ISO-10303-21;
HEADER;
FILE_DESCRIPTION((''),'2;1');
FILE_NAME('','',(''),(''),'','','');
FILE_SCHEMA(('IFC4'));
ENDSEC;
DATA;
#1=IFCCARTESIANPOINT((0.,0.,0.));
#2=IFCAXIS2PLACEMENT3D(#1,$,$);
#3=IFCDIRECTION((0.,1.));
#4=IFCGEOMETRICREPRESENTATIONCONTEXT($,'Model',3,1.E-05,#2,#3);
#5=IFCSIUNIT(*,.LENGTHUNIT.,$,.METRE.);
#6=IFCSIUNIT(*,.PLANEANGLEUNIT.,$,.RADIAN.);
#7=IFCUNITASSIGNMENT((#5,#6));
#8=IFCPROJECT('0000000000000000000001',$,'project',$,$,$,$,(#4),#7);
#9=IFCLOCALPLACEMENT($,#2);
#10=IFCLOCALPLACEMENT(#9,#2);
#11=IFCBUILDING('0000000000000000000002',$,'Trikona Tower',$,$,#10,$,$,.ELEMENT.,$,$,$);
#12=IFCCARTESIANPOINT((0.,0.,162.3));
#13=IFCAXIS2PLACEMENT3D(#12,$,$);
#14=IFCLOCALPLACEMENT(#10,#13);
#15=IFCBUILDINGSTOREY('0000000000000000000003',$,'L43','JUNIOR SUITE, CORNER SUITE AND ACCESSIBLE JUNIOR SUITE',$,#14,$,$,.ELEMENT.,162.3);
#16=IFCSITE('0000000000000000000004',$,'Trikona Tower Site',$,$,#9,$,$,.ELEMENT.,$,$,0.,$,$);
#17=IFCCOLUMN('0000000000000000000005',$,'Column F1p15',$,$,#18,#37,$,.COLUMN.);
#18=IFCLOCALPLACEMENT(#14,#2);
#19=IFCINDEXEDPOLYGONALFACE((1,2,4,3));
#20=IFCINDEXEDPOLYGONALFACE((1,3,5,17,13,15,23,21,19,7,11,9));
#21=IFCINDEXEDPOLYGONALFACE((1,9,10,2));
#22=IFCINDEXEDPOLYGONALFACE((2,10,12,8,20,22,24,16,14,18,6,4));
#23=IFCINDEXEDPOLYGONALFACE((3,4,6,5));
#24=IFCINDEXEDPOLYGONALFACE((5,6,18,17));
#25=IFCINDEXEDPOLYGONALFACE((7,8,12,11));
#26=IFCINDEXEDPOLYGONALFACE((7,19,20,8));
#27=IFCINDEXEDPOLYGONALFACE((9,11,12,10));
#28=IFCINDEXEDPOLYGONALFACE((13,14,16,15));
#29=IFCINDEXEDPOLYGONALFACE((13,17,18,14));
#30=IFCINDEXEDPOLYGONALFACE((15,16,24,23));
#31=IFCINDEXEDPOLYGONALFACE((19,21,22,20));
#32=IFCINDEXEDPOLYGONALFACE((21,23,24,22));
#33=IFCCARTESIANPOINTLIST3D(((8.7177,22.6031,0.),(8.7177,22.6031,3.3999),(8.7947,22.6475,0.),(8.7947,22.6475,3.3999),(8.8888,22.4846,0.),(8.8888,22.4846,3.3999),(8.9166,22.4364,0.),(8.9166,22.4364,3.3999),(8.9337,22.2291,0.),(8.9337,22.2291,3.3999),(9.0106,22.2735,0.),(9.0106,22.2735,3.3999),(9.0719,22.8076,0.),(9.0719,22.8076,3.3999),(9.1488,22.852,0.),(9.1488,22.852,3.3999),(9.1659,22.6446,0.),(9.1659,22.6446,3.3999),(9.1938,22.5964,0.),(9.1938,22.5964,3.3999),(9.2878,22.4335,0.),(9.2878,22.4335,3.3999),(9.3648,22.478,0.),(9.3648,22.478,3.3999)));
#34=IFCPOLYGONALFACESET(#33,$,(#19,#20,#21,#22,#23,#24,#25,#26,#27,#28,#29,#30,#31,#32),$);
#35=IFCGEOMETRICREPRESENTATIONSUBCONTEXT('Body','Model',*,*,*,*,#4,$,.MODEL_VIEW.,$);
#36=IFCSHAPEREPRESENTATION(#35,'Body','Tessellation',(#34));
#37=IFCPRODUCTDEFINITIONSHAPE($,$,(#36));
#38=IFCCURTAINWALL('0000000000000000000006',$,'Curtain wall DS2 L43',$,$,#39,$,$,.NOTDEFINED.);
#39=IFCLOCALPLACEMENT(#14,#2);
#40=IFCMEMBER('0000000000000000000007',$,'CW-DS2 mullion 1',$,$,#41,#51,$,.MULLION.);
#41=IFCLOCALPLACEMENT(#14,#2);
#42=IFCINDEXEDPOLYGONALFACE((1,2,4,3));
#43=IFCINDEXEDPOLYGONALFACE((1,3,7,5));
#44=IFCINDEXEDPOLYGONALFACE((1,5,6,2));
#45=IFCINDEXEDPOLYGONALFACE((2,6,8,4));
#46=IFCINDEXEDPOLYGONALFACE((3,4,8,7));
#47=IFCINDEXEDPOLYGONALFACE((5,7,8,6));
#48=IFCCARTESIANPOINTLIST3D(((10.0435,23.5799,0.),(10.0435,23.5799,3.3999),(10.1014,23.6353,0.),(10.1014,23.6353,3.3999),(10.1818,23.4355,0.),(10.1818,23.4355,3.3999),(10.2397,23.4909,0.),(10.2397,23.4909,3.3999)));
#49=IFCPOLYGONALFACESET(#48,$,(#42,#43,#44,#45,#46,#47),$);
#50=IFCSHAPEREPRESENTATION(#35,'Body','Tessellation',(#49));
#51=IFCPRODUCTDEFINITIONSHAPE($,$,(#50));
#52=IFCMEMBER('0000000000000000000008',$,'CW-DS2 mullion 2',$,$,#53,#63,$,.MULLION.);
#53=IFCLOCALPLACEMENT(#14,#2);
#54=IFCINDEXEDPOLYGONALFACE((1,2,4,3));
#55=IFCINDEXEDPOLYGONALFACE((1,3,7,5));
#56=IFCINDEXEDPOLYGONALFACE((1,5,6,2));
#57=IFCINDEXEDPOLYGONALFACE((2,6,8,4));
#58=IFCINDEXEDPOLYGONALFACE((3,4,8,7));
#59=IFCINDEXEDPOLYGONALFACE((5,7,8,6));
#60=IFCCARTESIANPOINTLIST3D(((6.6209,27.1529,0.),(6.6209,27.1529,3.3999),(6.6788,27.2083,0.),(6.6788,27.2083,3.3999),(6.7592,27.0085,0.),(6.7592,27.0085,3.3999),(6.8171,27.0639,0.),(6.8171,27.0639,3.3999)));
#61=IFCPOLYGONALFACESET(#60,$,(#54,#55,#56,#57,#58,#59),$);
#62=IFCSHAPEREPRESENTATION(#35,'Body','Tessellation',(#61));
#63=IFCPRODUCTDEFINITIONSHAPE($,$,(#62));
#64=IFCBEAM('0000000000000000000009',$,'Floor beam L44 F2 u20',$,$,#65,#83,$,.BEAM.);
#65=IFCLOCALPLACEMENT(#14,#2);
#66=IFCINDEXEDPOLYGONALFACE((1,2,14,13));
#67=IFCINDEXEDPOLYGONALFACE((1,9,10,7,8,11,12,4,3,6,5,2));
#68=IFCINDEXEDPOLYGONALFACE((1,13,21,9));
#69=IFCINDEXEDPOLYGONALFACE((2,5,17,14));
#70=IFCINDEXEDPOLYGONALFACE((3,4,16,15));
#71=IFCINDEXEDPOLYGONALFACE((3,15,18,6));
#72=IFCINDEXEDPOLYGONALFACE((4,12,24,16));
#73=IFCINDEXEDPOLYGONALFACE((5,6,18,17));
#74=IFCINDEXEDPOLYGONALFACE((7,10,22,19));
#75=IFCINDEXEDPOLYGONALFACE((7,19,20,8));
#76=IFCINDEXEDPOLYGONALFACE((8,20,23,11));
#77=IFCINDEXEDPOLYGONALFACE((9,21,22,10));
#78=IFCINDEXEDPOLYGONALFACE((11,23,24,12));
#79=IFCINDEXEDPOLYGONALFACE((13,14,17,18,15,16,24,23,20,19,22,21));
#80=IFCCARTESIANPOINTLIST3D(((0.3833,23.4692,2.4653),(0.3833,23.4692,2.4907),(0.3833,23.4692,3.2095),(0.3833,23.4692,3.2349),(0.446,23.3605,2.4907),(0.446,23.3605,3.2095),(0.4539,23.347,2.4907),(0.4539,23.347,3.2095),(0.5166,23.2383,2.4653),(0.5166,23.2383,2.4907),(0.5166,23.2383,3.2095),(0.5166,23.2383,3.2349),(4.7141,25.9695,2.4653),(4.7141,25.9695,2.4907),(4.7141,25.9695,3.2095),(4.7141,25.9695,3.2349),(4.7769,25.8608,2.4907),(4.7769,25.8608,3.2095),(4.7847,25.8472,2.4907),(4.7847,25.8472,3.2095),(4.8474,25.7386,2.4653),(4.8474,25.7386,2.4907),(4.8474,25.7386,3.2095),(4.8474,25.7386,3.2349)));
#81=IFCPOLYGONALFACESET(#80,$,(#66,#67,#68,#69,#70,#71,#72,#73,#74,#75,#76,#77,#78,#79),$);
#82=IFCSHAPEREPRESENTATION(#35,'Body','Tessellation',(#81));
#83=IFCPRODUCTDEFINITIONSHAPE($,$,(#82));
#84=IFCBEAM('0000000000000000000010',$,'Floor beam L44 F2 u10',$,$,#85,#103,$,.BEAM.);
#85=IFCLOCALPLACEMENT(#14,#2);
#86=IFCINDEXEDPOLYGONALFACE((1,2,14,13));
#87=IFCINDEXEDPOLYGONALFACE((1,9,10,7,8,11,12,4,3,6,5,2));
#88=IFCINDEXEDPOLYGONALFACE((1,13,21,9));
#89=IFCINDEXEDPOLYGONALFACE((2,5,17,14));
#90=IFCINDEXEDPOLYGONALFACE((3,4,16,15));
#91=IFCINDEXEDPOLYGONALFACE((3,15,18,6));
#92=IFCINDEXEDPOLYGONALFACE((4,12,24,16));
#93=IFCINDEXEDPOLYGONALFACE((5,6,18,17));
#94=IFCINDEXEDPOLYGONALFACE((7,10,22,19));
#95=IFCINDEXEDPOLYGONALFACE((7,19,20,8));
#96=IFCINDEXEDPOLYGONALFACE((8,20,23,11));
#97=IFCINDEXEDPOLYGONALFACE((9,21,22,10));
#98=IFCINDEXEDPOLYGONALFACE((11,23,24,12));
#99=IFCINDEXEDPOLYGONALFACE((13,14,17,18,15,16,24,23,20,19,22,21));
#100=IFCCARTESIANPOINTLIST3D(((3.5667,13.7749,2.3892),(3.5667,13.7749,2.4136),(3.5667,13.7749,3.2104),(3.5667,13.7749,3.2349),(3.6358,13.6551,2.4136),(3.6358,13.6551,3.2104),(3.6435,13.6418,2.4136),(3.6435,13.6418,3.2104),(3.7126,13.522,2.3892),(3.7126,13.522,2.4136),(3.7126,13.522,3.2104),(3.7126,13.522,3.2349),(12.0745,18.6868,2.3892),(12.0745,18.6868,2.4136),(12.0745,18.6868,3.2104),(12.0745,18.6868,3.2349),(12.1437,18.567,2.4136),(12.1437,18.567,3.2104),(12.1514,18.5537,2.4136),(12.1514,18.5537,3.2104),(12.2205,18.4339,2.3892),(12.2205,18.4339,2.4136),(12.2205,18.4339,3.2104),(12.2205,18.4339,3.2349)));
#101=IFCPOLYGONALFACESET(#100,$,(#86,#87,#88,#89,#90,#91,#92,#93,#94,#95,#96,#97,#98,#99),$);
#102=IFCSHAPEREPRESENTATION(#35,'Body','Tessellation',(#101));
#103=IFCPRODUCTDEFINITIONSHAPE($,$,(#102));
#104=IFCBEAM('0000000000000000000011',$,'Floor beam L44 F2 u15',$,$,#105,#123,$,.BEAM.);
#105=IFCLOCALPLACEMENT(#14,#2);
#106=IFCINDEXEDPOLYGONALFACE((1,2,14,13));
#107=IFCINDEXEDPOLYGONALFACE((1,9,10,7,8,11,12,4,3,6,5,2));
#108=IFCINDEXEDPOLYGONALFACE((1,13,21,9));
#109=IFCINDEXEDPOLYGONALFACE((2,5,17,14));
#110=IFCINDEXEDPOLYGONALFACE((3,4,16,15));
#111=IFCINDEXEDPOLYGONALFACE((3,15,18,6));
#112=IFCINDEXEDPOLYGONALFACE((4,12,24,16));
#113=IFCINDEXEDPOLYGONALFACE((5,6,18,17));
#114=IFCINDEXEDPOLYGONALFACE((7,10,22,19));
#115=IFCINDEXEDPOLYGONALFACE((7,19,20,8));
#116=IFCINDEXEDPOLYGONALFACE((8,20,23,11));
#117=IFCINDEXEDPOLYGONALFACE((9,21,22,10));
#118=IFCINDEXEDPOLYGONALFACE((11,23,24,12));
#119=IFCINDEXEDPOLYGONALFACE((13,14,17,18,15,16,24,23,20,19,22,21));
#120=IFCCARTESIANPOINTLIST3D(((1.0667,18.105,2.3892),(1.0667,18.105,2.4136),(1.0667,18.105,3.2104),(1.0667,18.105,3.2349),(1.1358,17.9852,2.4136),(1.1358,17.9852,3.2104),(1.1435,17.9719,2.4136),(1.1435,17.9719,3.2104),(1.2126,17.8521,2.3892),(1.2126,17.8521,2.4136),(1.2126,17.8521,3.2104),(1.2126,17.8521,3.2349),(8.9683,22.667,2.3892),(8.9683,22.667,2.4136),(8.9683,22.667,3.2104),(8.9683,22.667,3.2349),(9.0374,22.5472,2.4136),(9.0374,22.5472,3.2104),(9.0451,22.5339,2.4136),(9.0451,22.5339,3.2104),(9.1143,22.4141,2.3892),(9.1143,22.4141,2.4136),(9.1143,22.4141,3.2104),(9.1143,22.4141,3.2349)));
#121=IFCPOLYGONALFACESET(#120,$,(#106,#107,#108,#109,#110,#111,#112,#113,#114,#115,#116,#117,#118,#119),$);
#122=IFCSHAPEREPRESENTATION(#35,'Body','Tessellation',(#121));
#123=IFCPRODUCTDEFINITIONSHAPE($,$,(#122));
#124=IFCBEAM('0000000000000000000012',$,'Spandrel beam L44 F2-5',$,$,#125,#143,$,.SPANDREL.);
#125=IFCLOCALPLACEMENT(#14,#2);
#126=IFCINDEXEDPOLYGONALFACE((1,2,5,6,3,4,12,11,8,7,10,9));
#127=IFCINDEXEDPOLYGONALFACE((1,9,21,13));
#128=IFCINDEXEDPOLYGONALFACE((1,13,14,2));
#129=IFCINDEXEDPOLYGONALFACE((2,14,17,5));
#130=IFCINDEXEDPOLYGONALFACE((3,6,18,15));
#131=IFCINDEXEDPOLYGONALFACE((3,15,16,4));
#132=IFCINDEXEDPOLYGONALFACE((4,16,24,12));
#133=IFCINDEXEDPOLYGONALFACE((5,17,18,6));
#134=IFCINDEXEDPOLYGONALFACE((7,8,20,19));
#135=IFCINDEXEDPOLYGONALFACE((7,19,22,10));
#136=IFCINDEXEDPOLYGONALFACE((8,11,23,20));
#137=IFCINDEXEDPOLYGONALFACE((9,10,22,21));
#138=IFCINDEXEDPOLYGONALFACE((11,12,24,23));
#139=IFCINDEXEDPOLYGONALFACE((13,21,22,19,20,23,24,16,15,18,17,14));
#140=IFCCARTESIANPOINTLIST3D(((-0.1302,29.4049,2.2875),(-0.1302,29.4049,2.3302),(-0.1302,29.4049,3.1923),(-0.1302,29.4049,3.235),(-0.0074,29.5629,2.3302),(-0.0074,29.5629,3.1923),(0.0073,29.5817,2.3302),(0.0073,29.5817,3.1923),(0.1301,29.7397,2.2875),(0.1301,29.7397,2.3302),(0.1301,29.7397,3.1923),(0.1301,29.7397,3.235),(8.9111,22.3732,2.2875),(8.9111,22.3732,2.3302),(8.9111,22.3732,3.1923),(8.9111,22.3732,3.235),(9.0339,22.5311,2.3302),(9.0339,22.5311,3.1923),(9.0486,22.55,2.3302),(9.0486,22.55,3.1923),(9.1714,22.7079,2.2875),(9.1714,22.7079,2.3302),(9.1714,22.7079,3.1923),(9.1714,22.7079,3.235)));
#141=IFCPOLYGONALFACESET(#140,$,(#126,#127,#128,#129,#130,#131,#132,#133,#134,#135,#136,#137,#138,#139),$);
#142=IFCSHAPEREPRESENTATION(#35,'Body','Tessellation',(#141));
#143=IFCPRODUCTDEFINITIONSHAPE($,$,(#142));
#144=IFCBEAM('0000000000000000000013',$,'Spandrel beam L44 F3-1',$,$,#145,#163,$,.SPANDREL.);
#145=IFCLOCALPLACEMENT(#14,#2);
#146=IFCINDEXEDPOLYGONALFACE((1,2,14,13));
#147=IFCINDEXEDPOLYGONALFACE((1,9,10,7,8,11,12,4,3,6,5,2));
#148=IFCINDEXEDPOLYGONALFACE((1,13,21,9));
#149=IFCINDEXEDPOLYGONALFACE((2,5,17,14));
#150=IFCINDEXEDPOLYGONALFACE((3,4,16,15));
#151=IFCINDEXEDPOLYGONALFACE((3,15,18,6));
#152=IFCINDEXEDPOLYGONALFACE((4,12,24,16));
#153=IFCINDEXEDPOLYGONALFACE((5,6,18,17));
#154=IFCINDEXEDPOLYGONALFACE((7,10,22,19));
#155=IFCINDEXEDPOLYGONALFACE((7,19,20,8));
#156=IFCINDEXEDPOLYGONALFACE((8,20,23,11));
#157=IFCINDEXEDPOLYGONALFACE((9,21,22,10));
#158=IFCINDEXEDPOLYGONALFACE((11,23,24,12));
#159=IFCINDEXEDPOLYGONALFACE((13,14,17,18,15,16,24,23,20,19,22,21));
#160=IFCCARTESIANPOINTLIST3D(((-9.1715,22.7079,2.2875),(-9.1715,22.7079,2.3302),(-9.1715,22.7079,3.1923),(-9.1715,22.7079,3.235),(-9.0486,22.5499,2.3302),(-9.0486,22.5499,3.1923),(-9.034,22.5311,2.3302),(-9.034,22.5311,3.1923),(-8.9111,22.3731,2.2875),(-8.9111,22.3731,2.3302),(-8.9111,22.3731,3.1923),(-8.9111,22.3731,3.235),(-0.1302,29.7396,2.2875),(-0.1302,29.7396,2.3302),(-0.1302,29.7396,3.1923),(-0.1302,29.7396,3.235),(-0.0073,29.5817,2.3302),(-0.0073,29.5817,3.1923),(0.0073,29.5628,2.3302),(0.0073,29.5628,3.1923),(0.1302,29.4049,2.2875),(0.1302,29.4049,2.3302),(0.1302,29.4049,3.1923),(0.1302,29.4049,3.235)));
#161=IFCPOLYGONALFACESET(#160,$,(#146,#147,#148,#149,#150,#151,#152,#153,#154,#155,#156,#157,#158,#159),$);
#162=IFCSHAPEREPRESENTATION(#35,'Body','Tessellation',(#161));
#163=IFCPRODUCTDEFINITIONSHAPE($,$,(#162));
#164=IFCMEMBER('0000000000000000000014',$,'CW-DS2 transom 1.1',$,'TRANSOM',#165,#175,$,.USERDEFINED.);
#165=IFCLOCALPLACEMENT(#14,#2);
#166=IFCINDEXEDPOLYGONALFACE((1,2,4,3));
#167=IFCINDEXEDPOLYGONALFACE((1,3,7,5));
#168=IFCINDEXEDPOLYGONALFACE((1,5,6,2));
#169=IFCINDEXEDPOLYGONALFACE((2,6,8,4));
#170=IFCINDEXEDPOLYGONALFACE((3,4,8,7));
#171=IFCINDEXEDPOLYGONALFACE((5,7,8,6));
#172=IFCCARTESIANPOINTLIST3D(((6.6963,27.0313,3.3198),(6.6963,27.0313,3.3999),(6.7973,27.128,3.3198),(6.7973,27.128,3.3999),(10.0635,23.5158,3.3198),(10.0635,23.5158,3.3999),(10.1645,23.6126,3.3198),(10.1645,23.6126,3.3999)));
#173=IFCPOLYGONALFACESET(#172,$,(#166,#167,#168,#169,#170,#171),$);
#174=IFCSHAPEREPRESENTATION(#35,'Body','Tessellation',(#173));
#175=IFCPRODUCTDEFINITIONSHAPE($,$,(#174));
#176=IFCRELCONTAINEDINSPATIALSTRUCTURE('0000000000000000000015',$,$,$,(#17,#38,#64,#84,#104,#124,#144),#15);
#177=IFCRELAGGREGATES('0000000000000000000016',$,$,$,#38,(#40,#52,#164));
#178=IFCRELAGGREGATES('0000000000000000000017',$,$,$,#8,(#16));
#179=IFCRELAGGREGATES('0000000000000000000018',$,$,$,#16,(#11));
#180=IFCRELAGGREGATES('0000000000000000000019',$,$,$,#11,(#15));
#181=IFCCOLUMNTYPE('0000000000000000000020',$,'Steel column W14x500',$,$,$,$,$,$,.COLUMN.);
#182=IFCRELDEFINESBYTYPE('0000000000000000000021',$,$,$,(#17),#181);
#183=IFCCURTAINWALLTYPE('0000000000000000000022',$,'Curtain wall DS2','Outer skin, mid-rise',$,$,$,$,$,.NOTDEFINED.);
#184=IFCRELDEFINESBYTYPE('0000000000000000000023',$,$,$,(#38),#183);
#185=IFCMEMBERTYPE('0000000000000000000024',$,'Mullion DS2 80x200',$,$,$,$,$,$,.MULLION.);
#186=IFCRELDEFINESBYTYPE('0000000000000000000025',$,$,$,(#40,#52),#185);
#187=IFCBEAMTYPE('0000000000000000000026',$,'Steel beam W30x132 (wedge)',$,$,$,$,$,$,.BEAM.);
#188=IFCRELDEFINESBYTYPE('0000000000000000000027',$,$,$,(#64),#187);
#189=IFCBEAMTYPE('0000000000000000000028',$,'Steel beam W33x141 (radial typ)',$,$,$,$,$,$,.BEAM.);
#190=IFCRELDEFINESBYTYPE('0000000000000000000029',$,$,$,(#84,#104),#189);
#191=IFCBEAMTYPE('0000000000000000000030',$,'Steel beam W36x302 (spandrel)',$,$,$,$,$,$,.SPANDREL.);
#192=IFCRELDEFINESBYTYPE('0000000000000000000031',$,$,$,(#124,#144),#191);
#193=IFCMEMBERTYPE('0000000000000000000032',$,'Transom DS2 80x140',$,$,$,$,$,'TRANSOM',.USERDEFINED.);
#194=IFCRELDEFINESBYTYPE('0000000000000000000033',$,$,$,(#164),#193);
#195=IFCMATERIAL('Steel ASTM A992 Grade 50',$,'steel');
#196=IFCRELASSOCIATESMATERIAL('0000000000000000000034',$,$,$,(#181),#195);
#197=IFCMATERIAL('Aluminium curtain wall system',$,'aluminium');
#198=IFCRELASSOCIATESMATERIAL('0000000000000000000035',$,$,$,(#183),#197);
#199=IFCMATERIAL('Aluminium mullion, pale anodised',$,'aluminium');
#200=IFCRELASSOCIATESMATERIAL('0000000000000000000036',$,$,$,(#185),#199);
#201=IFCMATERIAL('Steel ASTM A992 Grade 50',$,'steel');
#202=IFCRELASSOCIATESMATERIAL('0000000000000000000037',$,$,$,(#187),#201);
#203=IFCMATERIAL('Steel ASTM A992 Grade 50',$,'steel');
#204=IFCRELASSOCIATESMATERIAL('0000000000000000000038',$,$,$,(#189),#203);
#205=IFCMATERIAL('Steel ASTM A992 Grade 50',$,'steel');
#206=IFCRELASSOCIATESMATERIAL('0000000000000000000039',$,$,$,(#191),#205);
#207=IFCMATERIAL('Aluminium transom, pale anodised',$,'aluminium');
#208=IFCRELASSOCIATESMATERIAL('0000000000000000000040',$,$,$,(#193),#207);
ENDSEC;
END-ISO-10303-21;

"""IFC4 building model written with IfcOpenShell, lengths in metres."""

from ifc_helpers import new_model, si_unit, direction, frame, origin, origin_2d, place, context, subcontext, project, spatial, rectangle, i_section, extrude, material, material_profile, profile_set, type_object, element, aggregate, save


model = new_model("IFC4")

# Units and contexts
model_context = context("Model", 3, precision=1e-05, world=origin(), true_north=direction((0.0, 1.0)))
body_context = subcontext(model_context, "Body", "Model", "MODEL_VIEW")
ifc_project = project(units=[si_unit("LENGTHUNIT", "METRE"), si_unit("PLANEANGLEUNIT", "RADIAN")], contexts=[model_context])

# Site, building, storey
site_placement = place(None, origin())
site = spatial("IfcSite", under=ifc_project, at=site_placement, Name="Trikona Tower Site", CompositionType="ELEMENT", RefElevation=0.0)
building_placement = place(site_placement, origin())
building = spatial("IfcBuilding", under=site, at=building_placement, Name="Trikona Tower", CompositionType="ELEMENT")
storey_placement = place(building_placement, frame((0.0, 0.0, 162.3)))
storey = spatial("IfcBuildingStorey", under=building, at=storey_placement, Name="L43", Description="JUNIOR SUITE, CORNER SUITE AND ACCESSIBLE JUNIOR SUITE", CompositionType="ELEMENT", Elevation=162.3)

# Column
ifc_material_1 = material(Name="Steel ASTM A992 Grade 50", Category="steel")
ifc_material_profile_1 = material_profile(ifc_material_1, i_section(OverallWidth=0.4319, OverallDepth=0.4978, WebThickness=0.0557, FlangeThickness=0.0889, at=origin_2d()), Name="W14X500")
ifc_profile_set_1 = profile_set([ifc_material_profile_1], Name="Steel ASTM A992 Grade 50")
column_type = type_object("IfcColumnType", Name="Steel column W14x500", PredefinedType="COLUMN", material=ifc_profile_set_1)
column_placement = place(storey_placement, frame((9.0413, 22.5405, 0.0), z_axis=(0.0, 0.0, 1.0), x_axis=(-0.5, 0.866025, 0.0)))
element("IfcColumn", 1, at=column_placement, inside=storey, type_object=column_type, Name="Column F1p15", PredefinedType="COLUMN", context=body_context, shape_type="SweptSolid", body=[
    extrude(i_section(OverallWidth=0.4319, OverallDepth=0.4978, WebThickness=0.0557, FlangeThickness=0.0889, at=origin_2d()), origin(), (0.0, 0.0, 1.0), 3.3999),
])

# Curtain wall, members
ifc_material_2 = material(Name="Aluminium curtain wall system", Category="aluminium")
curtain_wall_type = type_object("IfcCurtainWallType", Name="Curtain wall DS2", Description="Outer skin, mid-rise", PredefinedType="NOTDEFINED", material=ifc_material_2)
curtain_wall_placement = place(storey_placement, origin())
curtain_wall = element("IfcCurtainWall", 2, at=curtain_wall_placement, inside=storey, type_object=curtain_wall_type, Name="Curtain wall DS2 L43", PredefinedType="NOTDEFINED")
ifc_material_3 = material(Name="Aluminium mullion, pale anodised", Category="aluminium")
ifc_material_profile_2 = material_profile(ifc_material_3, rectangle(XDim=0.0801, YDim=0.2, at=origin_2d()), Name="MUL-DS2")
ifc_profile_set_2 = profile_set([ifc_material_profile_2], Name="Aluminium mullion, pale anodised")
member_type_1 = type_object("IfcMemberType", Name="Mullion DS2 80x200", PredefinedType="MULLION", material=ifc_profile_set_2)
member_1_placement = place(storey_placement, frame((10.1416, 23.5354, 0.0), z_axis=(0.0, 0.0, 1.0), x_axis=(-0.722158, -0.691728, 0.0)))
member_1 = element("IfcMember", 3, at=member_1_placement, type_object=member_type_1, Name="CW-DS2 mullion 1", PredefinedType="MULLION", context=body_context, shape_type="SweptSolid", body=[
    extrude(rectangle(XDim=0.0801, YDim=0.2, at=origin_2d()), origin(), (0.0, 0.0, 1.0), 3.3999),
])
member_2_placement = place(storey_placement, frame((6.719, 27.1084, 0.0), z_axis=(0.0, 0.0, 1.0), x_axis=(-0.722158, -0.691728, 0.0)))
member_2 = element("IfcMember", 4, at=member_2_placement, type_object=member_type_1, Name="CW-DS2 mullion 2", PredefinedType="MULLION", context=body_context, shape_type="SweptSolid", body=[
    extrude(rectangle(XDim=0.0801, YDim=0.2, at=origin_2d()), origin(), (0.0, 0.0, 1.0), 3.3999),
])

# Beams
ifc_material_4 = material(Name="Steel ASTM A992 Grade 50", Category="steel")
ifc_material_profile_3 = material_profile(ifc_material_4, i_section(OverallWidth=0.2666, OverallDepth=0.7695, WebThickness=0.0156, FlangeThickness=0.0254, at=origin_2d()), Name="W30X132")
ifc_profile_set_3 = profile_set([ifc_material_profile_3], Name="Steel ASTM A992 Grade 50")
beam_type_1 = type_object("IfcBeamType", Name="Steel beam W30x132 (wedge)", PredefinedType="BEAM", material=ifc_profile_set_3)
beam_1_placement = place(storey_placement, frame((0.45, 23.3538, 2.8501), z_axis=(0.866038, 0.499977, 0.0), x_axis=(-0.499977, 0.866038, 0.0)))
element("IfcBeam", 5, at=beam_1_placement, inside=storey, type_object=beam_type_1, Name="Floor beam L44 F2 u20", PredefinedType="BEAM", context=body_context, shape_type="SweptSolid", body=[
    extrude(i_section(OverallWidth=0.2666, OverallDepth=0.7695, WebThickness=0.0156, FlangeThickness=0.0254, at=origin_2d()), origin(), (0.0, 0.0, 1.0), 5.0007),
])
ifc_material_5 = material(Name="Steel ASTM A992 Grade 50", Category="steel")
ifc_material_profile_4 = material_profile(ifc_material_5, i_section(OverallWidth=0.292, OverallDepth=0.8457, WebThickness=0.0154, FlangeThickness=0.0244, at=origin_2d()), Name="W33X141")
ifc_profile_set_4 = profile_set([ifc_material_profile_4], Name="Steel ASTM A992 Grade 50")
beam_type_2 = type_object("IfcBeamType", Name="Steel beam W33x141 (radial typ)", PredefinedType="BEAM", material=ifc_profile_set_4)
beam_2_placement = place(storey_placement, frame((3.6396, 13.6484, 2.812), z_axis=(0.866031, 0.499991, 0.0), x_axis=(-0.499991, 0.866031, 0.0)))
element("IfcBeam", 6, at=beam_2_placement, inside=storey, type_object=beam_type_2, Name="Floor beam L44 F2 u10", PredefinedType="BEAM", context=body_context, shape_type="SweptSolid", body=[
    extrude(i_section(OverallWidth=0.292, OverallDepth=0.8457, WebThickness=0.0154, FlangeThickness=0.0244, at=origin_2d()), origin(), (0.0, 0.0, 1.0), 9.824),
])
beam_3_placement = place(storey_placement, frame((1.1396, 17.9785, 2.812), z_axis=(0.866025, 0.500001, 0.0), x_axis=(-0.500001, 0.866025, 0.0)))
element("IfcBeam", 7, at=beam_3_placement, inside=storey, type_object=beam_type_2, Name="Floor beam L44 F2 u15", PredefinedType="BEAM", context=body_context, shape_type="SweptSolid", body=[
    extrude(i_section(OverallWidth=0.292, OverallDepth=0.8457, WebThickness=0.0154, FlangeThickness=0.0244, at=origin_2d()), origin(), (0.0, 0.0, 1.0), 9.124),
])
ifc_material_6 = material(Name="Steel ASTM A992 Grade 50", Category="steel")
ifc_material_profile_5 = material_profile(ifc_material_6, i_section(OverallWidth=0.4241, OverallDepth=0.9475, WebThickness=0.0239, FlangeThickness=0.0427, at=origin_2d()), Name="W36X302")
ifc_profile_set_5 = profile_set([ifc_material_profile_5], Name="Steel ASTM A992 Grade 50")
beam_type_3 = type_object("IfcBeamType", Name="Steel beam W36x302 (spandrel)", PredefinedType="SPANDREL", material=ifc_profile_set_5)
for number, where, z_axis, x_axis, name in (
    (8, (9.0413, 22.5405, 2.7612), (-0.789367, 0.613921, 0.0), (-0.613921, -0.789367, 0.0), "Spandrel beam L44 F2-5"),
    (9, (0.0, 29.5723, 2.7612), (-0.789367, -0.613921, 0.0), (0.613921, -0.789367, 0.0), "Spandrel beam L44 F3-1"),
):
    element("IfcBeam", number, at=place(storey_placement, frame(where, z_axis=z_axis, x_axis=x_axis)), inside=storey, type_object=beam_type_3, Name=name, PredefinedType="SPANDREL", context=body_context, shape_type="SweptSolid", body=[
        extrude(i_section(OverallWidth=0.4241, OverallDepth=0.9475, WebThickness=0.0239, FlangeThickness=0.0427, at=origin_2d()), origin(), (0.0, 0.0, 1.0), 11.4539),
    ])

# Member
ifc_material_7 = material(Name="Aluminium transom, pale anodised", Category="aluminium")
ifc_material_profile_6 = material_profile(ifc_material_7, rectangle(XDim=0.1399, YDim=0.0801, at=origin_2d()), Name="TRN-DS2")
ifc_profile_set_6 = profile_set([ifc_material_profile_6], Name="Aluminium transom, pale anodised")
member_type_2 = type_object("IfcMemberType", Name="Transom DS2 80x140", ElementType="TRANSOM", PredefinedType="USERDEFINED", material=ifc_profile_set_6)
member_3_placement = place(storey_placement, frame((10.114, 23.5642, 3.3599), z_axis=(-0.691721, 0.722165, 0.0), x_axis=(-0.722165, -0.691721, 0.0)))
member_3 = element("IfcMember", 10, at=member_3_placement, type_object=member_type_2, Name="CW-DS2 transom 1.1", ObjectType="TRANSOM", PredefinedType="USERDEFINED", context=body_context, shape_type="SweptSolid", body=[
    extrude(rectangle(XDim=0.1399, YDim=0.0801, at=origin_2d()), origin(), (0.0, 0.0, 1.0), 4.8679),
])

aggregate(curtain_wall, [member_1, member_2, member_3])

save(model, "model.ifc")
